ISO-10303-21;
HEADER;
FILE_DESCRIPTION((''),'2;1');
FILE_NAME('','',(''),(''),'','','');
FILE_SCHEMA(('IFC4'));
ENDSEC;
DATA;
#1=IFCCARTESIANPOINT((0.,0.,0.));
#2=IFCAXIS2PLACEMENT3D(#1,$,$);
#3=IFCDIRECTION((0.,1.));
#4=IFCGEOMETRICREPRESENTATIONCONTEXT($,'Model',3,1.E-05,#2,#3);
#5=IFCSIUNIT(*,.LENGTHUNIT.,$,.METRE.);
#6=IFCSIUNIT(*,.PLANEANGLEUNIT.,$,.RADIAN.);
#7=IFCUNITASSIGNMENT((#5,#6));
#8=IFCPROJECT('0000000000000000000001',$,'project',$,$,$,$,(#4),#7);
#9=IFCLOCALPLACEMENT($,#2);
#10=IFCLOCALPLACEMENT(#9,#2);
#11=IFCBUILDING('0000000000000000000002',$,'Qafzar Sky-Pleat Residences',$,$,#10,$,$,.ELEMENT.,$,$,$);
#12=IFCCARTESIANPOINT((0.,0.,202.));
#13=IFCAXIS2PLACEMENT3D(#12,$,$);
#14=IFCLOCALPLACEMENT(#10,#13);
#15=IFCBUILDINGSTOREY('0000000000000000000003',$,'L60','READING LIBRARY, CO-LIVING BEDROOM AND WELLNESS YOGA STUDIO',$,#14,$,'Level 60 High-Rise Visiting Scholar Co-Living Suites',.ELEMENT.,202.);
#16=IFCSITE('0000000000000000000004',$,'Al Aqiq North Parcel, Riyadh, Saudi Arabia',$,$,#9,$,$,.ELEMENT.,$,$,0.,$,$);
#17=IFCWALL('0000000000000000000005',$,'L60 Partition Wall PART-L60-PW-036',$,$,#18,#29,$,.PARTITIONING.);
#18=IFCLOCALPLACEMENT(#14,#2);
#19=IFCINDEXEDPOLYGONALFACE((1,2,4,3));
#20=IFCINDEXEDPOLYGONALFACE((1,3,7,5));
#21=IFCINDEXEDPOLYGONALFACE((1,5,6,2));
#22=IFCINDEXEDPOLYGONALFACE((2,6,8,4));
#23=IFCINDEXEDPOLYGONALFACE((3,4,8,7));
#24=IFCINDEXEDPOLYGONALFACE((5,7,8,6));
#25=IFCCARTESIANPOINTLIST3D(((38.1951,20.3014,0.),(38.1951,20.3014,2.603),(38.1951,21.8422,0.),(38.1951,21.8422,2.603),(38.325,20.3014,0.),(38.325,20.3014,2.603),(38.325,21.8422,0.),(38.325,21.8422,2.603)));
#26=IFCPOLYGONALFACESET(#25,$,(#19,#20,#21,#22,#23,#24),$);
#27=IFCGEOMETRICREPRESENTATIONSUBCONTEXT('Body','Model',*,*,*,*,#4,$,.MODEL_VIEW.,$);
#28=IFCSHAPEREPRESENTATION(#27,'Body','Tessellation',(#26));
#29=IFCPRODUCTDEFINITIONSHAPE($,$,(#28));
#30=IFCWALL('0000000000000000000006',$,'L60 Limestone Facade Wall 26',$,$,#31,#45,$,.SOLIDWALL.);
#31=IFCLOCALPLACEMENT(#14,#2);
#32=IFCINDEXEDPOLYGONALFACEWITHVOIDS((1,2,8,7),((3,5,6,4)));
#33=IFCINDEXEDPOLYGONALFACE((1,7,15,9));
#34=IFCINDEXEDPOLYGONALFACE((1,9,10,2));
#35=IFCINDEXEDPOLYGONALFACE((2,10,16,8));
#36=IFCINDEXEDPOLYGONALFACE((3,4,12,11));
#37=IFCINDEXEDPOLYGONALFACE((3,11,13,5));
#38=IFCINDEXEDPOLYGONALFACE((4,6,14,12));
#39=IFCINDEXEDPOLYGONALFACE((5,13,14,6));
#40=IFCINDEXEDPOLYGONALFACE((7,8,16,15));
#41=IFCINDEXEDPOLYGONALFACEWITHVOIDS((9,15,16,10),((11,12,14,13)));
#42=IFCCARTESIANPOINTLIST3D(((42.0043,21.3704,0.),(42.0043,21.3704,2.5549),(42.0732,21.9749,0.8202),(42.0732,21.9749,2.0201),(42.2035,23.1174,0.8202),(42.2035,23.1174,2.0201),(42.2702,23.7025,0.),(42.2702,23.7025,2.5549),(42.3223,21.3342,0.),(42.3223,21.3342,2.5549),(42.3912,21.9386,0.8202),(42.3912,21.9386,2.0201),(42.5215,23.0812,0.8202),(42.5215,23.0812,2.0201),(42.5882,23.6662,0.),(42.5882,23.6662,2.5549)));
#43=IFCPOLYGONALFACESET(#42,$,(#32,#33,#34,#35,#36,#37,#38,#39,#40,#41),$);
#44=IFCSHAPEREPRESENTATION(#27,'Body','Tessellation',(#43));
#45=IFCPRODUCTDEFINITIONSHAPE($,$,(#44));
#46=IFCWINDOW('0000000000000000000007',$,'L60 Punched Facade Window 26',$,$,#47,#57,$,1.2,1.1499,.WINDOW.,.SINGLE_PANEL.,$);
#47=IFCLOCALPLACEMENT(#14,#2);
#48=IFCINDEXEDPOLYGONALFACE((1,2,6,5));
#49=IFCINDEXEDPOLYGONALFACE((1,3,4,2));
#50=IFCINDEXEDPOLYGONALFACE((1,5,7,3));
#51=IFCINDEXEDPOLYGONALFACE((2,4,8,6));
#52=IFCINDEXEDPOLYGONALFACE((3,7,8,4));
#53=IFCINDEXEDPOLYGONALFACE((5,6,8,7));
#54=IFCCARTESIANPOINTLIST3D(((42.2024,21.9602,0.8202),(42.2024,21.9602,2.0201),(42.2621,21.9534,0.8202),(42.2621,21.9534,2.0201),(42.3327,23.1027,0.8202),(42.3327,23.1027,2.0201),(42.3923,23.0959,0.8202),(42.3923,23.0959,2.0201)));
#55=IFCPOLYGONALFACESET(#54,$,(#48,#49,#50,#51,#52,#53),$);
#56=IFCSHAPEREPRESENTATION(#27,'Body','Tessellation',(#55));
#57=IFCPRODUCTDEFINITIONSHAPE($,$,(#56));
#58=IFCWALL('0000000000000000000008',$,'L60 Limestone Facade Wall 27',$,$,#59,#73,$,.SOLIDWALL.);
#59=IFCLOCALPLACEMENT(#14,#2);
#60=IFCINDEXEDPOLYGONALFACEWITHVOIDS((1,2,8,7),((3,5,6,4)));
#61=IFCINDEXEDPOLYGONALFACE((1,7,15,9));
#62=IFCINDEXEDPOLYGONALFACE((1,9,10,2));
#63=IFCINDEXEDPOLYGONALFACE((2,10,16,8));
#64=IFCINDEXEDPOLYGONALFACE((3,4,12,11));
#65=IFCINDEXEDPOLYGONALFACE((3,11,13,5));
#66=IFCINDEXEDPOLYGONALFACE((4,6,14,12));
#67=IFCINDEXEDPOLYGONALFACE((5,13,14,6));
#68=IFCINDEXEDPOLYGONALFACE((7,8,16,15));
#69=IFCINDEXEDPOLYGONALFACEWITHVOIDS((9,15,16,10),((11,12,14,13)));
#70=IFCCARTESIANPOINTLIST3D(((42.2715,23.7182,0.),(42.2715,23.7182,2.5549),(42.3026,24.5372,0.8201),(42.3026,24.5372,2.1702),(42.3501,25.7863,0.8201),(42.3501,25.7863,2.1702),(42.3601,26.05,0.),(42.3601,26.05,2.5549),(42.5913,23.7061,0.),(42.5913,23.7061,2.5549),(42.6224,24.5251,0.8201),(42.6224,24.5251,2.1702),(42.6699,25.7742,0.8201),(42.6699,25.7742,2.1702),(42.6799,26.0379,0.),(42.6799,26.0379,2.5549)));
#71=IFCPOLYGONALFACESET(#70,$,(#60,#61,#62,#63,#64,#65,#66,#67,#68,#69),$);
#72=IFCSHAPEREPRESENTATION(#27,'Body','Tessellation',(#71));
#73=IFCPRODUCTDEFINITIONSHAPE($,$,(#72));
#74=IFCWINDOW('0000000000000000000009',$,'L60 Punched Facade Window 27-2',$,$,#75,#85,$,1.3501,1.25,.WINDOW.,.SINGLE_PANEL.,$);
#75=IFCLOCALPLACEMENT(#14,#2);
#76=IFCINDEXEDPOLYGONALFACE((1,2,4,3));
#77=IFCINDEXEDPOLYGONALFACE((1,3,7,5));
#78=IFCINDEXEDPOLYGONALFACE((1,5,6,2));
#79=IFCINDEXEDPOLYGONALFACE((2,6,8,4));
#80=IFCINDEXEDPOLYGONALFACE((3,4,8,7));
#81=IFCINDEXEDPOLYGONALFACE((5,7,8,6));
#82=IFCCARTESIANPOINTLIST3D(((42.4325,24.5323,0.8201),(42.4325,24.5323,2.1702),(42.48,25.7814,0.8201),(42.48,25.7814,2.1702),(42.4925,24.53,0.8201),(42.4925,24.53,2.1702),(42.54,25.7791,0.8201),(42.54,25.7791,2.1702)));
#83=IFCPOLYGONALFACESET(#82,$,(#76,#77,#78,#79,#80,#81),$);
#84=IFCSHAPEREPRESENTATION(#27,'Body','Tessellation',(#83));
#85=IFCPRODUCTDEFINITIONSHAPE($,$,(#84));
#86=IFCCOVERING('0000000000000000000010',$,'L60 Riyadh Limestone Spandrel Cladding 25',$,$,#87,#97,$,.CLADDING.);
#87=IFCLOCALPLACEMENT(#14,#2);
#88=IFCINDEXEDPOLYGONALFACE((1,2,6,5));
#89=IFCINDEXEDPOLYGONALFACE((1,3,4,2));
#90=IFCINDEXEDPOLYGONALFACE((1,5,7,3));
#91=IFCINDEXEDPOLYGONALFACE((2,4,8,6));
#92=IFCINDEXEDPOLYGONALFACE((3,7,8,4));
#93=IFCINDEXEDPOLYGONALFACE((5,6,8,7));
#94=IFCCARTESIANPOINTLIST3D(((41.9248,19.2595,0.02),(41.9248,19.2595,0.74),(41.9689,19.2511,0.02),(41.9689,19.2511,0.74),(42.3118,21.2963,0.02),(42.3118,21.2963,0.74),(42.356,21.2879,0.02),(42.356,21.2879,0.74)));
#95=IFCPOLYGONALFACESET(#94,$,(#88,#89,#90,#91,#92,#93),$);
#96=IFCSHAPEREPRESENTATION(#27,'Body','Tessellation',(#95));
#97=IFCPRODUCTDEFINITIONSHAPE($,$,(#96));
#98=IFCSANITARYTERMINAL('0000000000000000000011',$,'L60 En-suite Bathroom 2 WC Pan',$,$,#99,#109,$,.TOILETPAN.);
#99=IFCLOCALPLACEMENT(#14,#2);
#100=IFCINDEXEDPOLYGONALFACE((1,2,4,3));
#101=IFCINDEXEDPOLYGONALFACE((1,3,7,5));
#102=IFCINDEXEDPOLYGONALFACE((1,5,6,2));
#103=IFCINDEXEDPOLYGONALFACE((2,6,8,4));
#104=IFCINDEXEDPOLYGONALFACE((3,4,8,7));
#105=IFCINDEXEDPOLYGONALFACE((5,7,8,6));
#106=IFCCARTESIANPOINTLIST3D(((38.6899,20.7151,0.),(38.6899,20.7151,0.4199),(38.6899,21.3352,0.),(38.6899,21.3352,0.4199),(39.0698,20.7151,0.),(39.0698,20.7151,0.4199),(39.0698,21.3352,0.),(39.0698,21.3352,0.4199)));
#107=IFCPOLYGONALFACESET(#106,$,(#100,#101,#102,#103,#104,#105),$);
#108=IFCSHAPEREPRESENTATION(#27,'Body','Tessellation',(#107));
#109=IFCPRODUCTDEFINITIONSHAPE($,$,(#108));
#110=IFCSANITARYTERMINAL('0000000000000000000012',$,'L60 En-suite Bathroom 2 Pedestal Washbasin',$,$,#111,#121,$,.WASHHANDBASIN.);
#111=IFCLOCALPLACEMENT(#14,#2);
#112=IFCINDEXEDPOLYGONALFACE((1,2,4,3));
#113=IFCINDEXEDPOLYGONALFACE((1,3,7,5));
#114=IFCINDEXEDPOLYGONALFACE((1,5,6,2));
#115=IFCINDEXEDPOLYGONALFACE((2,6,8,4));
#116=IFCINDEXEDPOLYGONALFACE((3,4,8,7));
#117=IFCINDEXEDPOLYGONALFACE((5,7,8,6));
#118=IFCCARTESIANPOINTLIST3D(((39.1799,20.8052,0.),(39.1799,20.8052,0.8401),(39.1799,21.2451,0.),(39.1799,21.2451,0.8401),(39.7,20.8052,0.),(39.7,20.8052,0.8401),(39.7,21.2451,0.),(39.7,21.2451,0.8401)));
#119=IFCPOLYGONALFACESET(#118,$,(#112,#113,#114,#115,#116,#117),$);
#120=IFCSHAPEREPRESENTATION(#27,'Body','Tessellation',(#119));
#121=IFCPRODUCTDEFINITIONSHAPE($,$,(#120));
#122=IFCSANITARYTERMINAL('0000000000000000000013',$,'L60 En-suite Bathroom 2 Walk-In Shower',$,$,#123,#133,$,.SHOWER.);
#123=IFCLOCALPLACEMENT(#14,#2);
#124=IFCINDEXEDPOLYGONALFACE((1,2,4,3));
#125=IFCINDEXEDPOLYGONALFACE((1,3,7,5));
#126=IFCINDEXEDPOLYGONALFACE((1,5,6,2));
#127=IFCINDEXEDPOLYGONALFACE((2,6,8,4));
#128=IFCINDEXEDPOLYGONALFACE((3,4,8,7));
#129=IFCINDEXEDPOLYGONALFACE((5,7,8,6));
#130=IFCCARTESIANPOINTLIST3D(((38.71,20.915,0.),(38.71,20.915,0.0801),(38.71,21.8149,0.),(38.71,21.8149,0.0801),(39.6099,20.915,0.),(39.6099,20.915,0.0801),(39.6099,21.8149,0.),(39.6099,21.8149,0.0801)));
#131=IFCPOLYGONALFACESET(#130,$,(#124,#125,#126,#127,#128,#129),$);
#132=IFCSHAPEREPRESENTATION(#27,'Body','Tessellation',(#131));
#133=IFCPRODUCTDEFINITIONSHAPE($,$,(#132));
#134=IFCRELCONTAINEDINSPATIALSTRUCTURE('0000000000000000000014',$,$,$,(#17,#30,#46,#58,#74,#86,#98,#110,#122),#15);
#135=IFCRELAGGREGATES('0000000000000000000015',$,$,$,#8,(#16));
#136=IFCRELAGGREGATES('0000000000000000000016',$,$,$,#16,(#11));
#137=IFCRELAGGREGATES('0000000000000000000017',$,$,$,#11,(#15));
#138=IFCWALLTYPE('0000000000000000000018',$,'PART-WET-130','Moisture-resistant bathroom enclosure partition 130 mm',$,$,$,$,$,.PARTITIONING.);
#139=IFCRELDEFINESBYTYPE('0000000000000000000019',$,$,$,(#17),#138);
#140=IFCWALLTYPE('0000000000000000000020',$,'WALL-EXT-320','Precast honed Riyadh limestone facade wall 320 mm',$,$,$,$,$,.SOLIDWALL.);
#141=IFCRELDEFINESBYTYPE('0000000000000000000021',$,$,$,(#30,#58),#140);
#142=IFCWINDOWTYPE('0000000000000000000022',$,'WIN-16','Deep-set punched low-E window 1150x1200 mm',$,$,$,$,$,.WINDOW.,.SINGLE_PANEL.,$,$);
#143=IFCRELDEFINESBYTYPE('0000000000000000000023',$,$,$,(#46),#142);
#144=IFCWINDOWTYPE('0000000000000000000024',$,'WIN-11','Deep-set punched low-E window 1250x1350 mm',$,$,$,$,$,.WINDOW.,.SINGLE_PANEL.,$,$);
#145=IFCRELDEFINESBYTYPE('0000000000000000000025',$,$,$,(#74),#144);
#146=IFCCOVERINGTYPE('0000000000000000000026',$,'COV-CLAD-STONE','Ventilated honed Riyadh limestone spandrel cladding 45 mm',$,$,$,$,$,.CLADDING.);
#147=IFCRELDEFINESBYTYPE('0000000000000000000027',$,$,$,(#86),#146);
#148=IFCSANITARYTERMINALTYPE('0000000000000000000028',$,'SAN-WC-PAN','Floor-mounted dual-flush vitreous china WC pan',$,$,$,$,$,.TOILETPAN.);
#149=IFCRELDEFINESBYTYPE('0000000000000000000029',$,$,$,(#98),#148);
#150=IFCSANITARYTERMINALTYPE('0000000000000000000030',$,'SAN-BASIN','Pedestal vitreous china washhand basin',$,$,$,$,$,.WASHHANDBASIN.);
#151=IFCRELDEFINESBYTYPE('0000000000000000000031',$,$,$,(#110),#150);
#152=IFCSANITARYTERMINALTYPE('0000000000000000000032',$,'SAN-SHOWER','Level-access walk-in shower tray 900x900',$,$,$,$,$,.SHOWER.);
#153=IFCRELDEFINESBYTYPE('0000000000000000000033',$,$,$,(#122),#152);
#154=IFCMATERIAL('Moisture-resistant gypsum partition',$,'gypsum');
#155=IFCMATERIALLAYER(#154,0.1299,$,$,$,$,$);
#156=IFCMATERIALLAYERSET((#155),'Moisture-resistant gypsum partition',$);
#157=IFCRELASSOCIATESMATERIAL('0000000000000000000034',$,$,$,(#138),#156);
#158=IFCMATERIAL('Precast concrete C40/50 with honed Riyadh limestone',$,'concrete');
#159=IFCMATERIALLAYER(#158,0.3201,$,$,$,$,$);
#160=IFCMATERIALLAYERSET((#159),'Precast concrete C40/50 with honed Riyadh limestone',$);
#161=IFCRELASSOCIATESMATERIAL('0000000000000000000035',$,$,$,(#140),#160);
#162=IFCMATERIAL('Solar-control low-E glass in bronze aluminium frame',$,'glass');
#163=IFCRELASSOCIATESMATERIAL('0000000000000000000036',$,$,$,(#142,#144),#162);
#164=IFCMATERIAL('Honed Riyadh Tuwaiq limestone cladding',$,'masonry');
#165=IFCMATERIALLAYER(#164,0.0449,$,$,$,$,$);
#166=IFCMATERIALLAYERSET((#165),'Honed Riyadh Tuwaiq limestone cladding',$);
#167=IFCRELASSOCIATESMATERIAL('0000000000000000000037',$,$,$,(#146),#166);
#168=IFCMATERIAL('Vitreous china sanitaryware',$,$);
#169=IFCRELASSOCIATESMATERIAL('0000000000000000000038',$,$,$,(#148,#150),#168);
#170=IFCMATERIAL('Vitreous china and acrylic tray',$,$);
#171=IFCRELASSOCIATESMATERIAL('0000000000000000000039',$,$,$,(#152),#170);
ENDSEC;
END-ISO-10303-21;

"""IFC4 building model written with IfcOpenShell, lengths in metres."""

from ifc_helpers import new_model, si_unit, direction, frame, frame_2d, origin, origin_2d, place, context, subcontext, project, spatial, rectangle, extrude, source, transform, mapped, material, layer, layer_set, type_object, element, fill, save


model = new_model("IFC4")

# Units and contexts
model_context = context("Model", 3, precision=1e-05, world=origin(), true_north=direction((0.0, 1.0)))
body_context = subcontext(model_context, "Body", "Model", "MODEL_VIEW")
ifc_project = project(units=[si_unit("LENGTHUNIT", "METRE"), si_unit("PLANEANGLEUNIT", "RADIAN")], contexts=[model_context])

# Site, building, storey
site_placement = place(None, origin())
site = spatial("IfcSite", under=ifc_project, at=site_placement, Name="Al Aqiq North Parcel, Riyadh, Saudi Arabia", CompositionType="ELEMENT", RefElevation=0.0)
building_placement = place(site_placement, origin())
building = spatial("IfcBuilding", under=site, at=building_placement, Name="Qafzar Sky-Pleat Residences", CompositionType="ELEMENT")
storey_placement = place(building_placement, frame((0.0, 0.0, 202.0)))
storey = spatial("IfcBuildingStorey", under=building, at=storey_placement, Name="L60", Description="READING LIBRARY, CO-LIVING BEDROOM AND WELLNESS YOGA STUDIO", LongName="Level 60 High-Rise Visiting Scholar Co-Living Suites", CompositionType="ELEMENT", Elevation=202.0)

# Shared definitions
ifc_material_1 = material(Name="Moisture-resistant gypsum partition", Category="gypsum")
ifc_layer_1 = layer(ifc_material_1, 0.1299)
ifc_layer_set_1 = layer_set([ifc_layer_1], Name="Moisture-resistant gypsum partition")
wall_type_1 = type_object("IfcWallType", Name="PART-WET-130", Description="Moisture-resistant bathroom enclosure partition 130 mm", PredefinedType="PARTITIONING", material=ifc_layer_set_1)

# Wall
wall_1_placement = place(storey_placement, frame((38.26, 20.3013, 0.0), z_axis=(0.0, 0.0, 1.0), x_axis=(0.0, 1.0, 0.0)))
element("IfcWall", 1, at=wall_1_placement, inside=storey, type_object=wall_type_1, Name="L60 Partition Wall PART-L60-PW-036", PredefinedType="PARTITIONING", context=body_context, shape_type="SweptSolid", body=[
    extrude(rectangle(XDim=1.5408, YDim=0.1299, at=frame_2d((0.7705, 0.0))), origin(), (0.0, 0.0, 1.0), 2.603),
])

# Walls, openings, windows
ifc_material_2 = material(Name="Precast concrete C40/50 with honed Riyadh limestone", Category="concrete")
ifc_layer_2 = layer(ifc_material_2, 0.3201)
ifc_layer_set_2 = layer_set([ifc_layer_2], Name="Precast concrete C40/50 with honed Riyadh limestone")
wall_type_2 = type_object("IfcWallType", Name="WALL-EXT-320", Description="Precast honed Riyadh limestone facade wall 320 mm", PredefinedType="SOLIDWALL", material=ifc_layer_set_2)
wall_2_placement = place(storey_placement, frame((42.1633, 21.3523, 0.0), z_axis=(0.0, 0.0, 1.0), x_axis=(0.113274, 0.993564, 0.0)))
wall_2 = element("IfcWall", 2, at=wall_2_placement, inside=storey, type_object=wall_type_2, Name="L60 Limestone Facade Wall 26", PredefinedType="SOLIDWALL", context=body_context, shape_type="SweptSolid", body=[
    extrude(rectangle(XDim=2.3472, YDim=0.3201, at=frame_2d((1.1736, 0.0))), origin(), (0.0, 0.0, 1.0), 2.5549),
])
opening_1_placement = place(wall_2_placement, frame((0.6084, 0.0, 0.8201)))
opening_1 = element("IfcOpeningElement", 3, at=opening_1_placement, cuts=wall_2, PredefinedType="OPENING", context=body_context, shape_type="SweptSolid", body=[
    extrude(rectangle(XDim=1.1499, YDim=1.2, at=frame_2d((0.575, 0.6001))), frame((0.0, 0.1699, 0.0), z_axis=(0.0, -1.0, 0.0), x_axis=(1.0, 0.0, 0.0)), (0.0, 0.0, 1.0), 0.3401),
])
ifc_material_3 = material(Name="Solar-control low-E glass in bronze aluminium frame", Category="glass")
window_type_1 = type_object("IfcWindowType", Name="WIN-16", Description="Deep-set punched low-E window 1150x1200 mm", PartitioningType="SINGLE_PANEL", PredefinedType="WINDOW", material=ifc_material_3)
shared_shape_1 = source(origin(), body_context, "Body", "SweptSolid", [
    extrude(rectangle(XDim=1.1499, YDim=1.2, at=frame_2d((0.575, 0.6001))), frame((0.0, 0.03, 0.0), z_axis=(0.0, -1.0, 0.0), x_axis=(1.0, 0.0, 0.0)), (0.0, 0.0, 1.0), 0.0601),
])
window_1_placement = place(opening_1_placement, origin())
window_1 = element("IfcWindow", 4, at=window_1_placement, inside=storey, type_object=window_type_1, Name="L60 Punched Facade Window 26", OverallHeight=1.2, OverallWidth=1.1499, PartitioningType="SINGLE_PANEL", PredefinedType="WINDOW", context=body_context, shape_type="MappedRepresentation", body=[
    mapped(shared_shape_1, transform((0.0, 0.0, 0.0), x_axis=(1.0, 0.0, 0.0), y_axis=(0.0, 1.0, 0.0), z_axis=(0.0, 0.0, 1.0), scale=1.0)),
])
fill(opening_1, window_1)
wall_3_placement = place(storey_placement, frame((42.4314, 23.7122, 0.0), z_axis=(0.0, 0.0, 1.0), x_axis=(0.037979, 0.999279, 0.0)))
wall_3 = element("IfcWall", 5, at=wall_3_placement, inside=storey, type_object=wall_type_2, Name="L60 Limestone Facade Wall 27", PredefinedType="SOLIDWALL", context=body_context, shape_type="SweptSolid", body=[
    extrude(rectangle(XDim=2.3335, YDim=0.3201, at=frame_2d((1.1667, 0.0))), origin(), (0.0, 0.0, 1.0), 2.5549),
])
opening_2_placement = place(wall_3_placement, frame((0.8196, 0.0, 0.8201)))
opening_2 = element("IfcOpeningElement", 6, at=opening_2_placement, cuts=wall_3, PredefinedType="OPENING", context=body_context, shape_type="SweptSolid", body=[
    extrude(rectangle(XDim=1.25, YDim=1.3501, at=frame_2d((0.625, 0.675))), frame((0.0, 0.1699, 0.0), z_axis=(0.0, -1.0, 0.0), x_axis=(1.0, 0.0, 0.0)), (0.0, 0.0, 1.0), 0.3401),
])
window_type_2 = type_object("IfcWindowType", Name="WIN-11", Description="Deep-set punched low-E window 1250x1350 mm", PartitioningType="SINGLE_PANEL", PredefinedType="WINDOW", material=ifc_material_3)
shared_shape_2 = source(origin(), body_context, "Body", "SweptSolid", [
    extrude(rectangle(XDim=1.25, YDim=1.3501, at=frame_2d((0.625, 0.675))), frame((0.0, 0.03, 0.0), z_axis=(0.0, -1.0, 0.0), x_axis=(1.0, 0.0, 0.0)), (0.0, 0.0, 1.0), 0.0601),
])
window_2_placement = place(opening_2_placement, origin())
window_2 = element("IfcWindow", 7, at=window_2_placement, inside=storey, type_object=window_type_2, Name="L60 Punched Facade Window 27-2", OverallHeight=1.3501, OverallWidth=1.25, PartitioningType="SINGLE_PANEL", PredefinedType="WINDOW", context=body_context, shape_type="MappedRepresentation", body=[
    mapped(shared_shape_2, transform((0.0, 0.0, 0.0), x_axis=(1.0, 0.0, 0.0), y_axis=(0.0, 1.0, 0.0), z_axis=(0.0, 0.0, 1.0), scale=1.0)),
])
fill(opening_2, window_2)

# Covering
ifc_material_4 = material(Name="Honed Riyadh Tuwaiq limestone cladding", Category="masonry")
ifc_layer_3 = layer(ifc_material_4, 0.0449)
ifc_layer_set_3 = layer_set([ifc_layer_3], Name="Honed Riyadh Tuwaiq limestone cladding")
covering_type = type_object("IfcCoveringType", Name="COV-CLAD-STONE", Description="Ventilated honed Riyadh limestone spandrel cladding 45 mm", PredefinedType="CLADDING", material=ifc_layer_set_3)
shared_shape_3 = source(origin(), body_context, "Body", "SweptSolid", [
    extrude(rectangle(XDim=2.0732, YDim=0.0449, at=origin_2d()), origin(), (0.0, 0.0, 1.0), 0.72),
])
covering_placement = place(storey_placement, frame((42.1404, 20.2737, 0.02), z_axis=(0.0, 0.0, 1.0), x_axis=(0.186673, 0.982422, 0.0)))
element("IfcCovering", 8, at=covering_placement, inside=storey, type_object=covering_type, Name="L60 Riyadh Limestone Spandrel Cladding 25", PredefinedType="CLADDING", context=body_context, shape_type="MappedRepresentation", body=[
    mapped(shared_shape_3, transform((0.0, 0.0, 0.0), x_axis=(1.0, 0.0, 0.0), y_axis=(0.0, 1.0, 0.0), z_axis=(0.0, 0.0, 1.0), scale=1.0)),
])

# Sanitary terminals
ifc_material_5 = material(Name="Vitreous china sanitaryware")
sanitary_terminal_type_1 = type_object("IfcSanitaryTerminalType", Name="SAN-WC-PAN", Description="Floor-mounted dual-flush vitreous china WC pan", PredefinedType="TOILETPAN", material=ifc_material_5)
shared_shape_4 = source(origin(), body_context, "Body", "SweptSolid", [
    extrude(rectangle(XDim=0.3799, YDim=0.6201, at=origin_2d()), origin(), (0.0, 0.0, 1.0), 0.4199),
])
sanitary_terminal_1_placement = place(storey_placement, frame((38.8799, 21.0251, 0.0), z_axis=(0.0, 0.0, 1.0), x_axis=(1.0, 0.0, 0.0)))
element("IfcSanitaryTerminal", 9, at=sanitary_terminal_1_placement, inside=storey, type_object=sanitary_terminal_type_1, Name="L60 En-suite Bathroom 2 WC Pan", PredefinedType="TOILETPAN", context=body_context, shape_type="MappedRepresentation", body=[
    mapped(shared_shape_4, transform((0.0, 0.0, 0.0), x_axis=(1.0, 0.0, 0.0), y_axis=(0.0, 1.0, 0.0), z_axis=(0.0, 0.0, 1.0), scale=1.0)),
])
sanitary_terminal_type_2 = type_object("IfcSanitaryTerminalType", Name="SAN-BASIN", Description="Pedestal vitreous china washhand basin", PredefinedType="WASHHANDBASIN", material=ifc_material_5)
shared_shape_5 = source(origin(), body_context, "Body", "SweptSolid", [
    extrude(rectangle(XDim=0.52, YDim=0.4399, at=origin_2d()), origin(), (0.0, 0.0, 1.0), 0.8401),
])
sanitary_terminal_2_placement = place(storey_placement, frame((39.4399, 21.0251, 0.0), z_axis=(0.0, 0.0, 1.0), x_axis=(1.0, 0.0, 0.0)))
element("IfcSanitaryTerminal", 10, at=sanitary_terminal_2_placement, inside=storey, type_object=sanitary_terminal_type_2, Name="L60 En-suite Bathroom 2 Pedestal Washbasin", PredefinedType="WASHHANDBASIN", context=body_context, shape_type="MappedRepresentation", body=[
    mapped(shared_shape_5, transform((0.0, 0.0, 0.0), x_axis=(1.0, 0.0, 0.0), y_axis=(0.0, 1.0, 0.0), z_axis=(0.0, 0.0, 1.0), scale=1.0)),
])
ifc_material_6 = material(Name="Vitreous china and acrylic tray")
sanitary_terminal_type_3 = type_object("IfcSanitaryTerminalType", Name="SAN-SHOWER", Description="Level-access walk-in shower tray 900x900", PredefinedType="SHOWER", material=ifc_material_6)
shared_shape_6 = source(origin(), body_context, "Body", "SweptSolid", [
    extrude(rectangle(XDim=0.8999, YDim=0.8999, at=origin_2d()), origin(), (0.0, 0.0, 1.0), 0.0801),
])
sanitary_terminal_3_placement = place(storey_placement, frame((39.1599, 21.365, 0.0), z_axis=(0.0, 0.0, 1.0), x_axis=(1.0, 0.0, 0.0)))
element("IfcSanitaryTerminal", 11, at=sanitary_terminal_3_placement, inside=storey, type_object=sanitary_terminal_type_3, Name="L60 En-suite Bathroom 2 Walk-In Shower", PredefinedType="SHOWER", context=body_context, shape_type="MappedRepresentation", body=[
    mapped(shared_shape_6, transform((0.0, 0.0, 0.0), x_axis=(1.0, 0.0, 0.0), y_axis=(0.0, 1.0, 0.0), z_axis=(0.0, 0.0, 1.0), scale=1.0)),
])

save(model, "model.ifc")
